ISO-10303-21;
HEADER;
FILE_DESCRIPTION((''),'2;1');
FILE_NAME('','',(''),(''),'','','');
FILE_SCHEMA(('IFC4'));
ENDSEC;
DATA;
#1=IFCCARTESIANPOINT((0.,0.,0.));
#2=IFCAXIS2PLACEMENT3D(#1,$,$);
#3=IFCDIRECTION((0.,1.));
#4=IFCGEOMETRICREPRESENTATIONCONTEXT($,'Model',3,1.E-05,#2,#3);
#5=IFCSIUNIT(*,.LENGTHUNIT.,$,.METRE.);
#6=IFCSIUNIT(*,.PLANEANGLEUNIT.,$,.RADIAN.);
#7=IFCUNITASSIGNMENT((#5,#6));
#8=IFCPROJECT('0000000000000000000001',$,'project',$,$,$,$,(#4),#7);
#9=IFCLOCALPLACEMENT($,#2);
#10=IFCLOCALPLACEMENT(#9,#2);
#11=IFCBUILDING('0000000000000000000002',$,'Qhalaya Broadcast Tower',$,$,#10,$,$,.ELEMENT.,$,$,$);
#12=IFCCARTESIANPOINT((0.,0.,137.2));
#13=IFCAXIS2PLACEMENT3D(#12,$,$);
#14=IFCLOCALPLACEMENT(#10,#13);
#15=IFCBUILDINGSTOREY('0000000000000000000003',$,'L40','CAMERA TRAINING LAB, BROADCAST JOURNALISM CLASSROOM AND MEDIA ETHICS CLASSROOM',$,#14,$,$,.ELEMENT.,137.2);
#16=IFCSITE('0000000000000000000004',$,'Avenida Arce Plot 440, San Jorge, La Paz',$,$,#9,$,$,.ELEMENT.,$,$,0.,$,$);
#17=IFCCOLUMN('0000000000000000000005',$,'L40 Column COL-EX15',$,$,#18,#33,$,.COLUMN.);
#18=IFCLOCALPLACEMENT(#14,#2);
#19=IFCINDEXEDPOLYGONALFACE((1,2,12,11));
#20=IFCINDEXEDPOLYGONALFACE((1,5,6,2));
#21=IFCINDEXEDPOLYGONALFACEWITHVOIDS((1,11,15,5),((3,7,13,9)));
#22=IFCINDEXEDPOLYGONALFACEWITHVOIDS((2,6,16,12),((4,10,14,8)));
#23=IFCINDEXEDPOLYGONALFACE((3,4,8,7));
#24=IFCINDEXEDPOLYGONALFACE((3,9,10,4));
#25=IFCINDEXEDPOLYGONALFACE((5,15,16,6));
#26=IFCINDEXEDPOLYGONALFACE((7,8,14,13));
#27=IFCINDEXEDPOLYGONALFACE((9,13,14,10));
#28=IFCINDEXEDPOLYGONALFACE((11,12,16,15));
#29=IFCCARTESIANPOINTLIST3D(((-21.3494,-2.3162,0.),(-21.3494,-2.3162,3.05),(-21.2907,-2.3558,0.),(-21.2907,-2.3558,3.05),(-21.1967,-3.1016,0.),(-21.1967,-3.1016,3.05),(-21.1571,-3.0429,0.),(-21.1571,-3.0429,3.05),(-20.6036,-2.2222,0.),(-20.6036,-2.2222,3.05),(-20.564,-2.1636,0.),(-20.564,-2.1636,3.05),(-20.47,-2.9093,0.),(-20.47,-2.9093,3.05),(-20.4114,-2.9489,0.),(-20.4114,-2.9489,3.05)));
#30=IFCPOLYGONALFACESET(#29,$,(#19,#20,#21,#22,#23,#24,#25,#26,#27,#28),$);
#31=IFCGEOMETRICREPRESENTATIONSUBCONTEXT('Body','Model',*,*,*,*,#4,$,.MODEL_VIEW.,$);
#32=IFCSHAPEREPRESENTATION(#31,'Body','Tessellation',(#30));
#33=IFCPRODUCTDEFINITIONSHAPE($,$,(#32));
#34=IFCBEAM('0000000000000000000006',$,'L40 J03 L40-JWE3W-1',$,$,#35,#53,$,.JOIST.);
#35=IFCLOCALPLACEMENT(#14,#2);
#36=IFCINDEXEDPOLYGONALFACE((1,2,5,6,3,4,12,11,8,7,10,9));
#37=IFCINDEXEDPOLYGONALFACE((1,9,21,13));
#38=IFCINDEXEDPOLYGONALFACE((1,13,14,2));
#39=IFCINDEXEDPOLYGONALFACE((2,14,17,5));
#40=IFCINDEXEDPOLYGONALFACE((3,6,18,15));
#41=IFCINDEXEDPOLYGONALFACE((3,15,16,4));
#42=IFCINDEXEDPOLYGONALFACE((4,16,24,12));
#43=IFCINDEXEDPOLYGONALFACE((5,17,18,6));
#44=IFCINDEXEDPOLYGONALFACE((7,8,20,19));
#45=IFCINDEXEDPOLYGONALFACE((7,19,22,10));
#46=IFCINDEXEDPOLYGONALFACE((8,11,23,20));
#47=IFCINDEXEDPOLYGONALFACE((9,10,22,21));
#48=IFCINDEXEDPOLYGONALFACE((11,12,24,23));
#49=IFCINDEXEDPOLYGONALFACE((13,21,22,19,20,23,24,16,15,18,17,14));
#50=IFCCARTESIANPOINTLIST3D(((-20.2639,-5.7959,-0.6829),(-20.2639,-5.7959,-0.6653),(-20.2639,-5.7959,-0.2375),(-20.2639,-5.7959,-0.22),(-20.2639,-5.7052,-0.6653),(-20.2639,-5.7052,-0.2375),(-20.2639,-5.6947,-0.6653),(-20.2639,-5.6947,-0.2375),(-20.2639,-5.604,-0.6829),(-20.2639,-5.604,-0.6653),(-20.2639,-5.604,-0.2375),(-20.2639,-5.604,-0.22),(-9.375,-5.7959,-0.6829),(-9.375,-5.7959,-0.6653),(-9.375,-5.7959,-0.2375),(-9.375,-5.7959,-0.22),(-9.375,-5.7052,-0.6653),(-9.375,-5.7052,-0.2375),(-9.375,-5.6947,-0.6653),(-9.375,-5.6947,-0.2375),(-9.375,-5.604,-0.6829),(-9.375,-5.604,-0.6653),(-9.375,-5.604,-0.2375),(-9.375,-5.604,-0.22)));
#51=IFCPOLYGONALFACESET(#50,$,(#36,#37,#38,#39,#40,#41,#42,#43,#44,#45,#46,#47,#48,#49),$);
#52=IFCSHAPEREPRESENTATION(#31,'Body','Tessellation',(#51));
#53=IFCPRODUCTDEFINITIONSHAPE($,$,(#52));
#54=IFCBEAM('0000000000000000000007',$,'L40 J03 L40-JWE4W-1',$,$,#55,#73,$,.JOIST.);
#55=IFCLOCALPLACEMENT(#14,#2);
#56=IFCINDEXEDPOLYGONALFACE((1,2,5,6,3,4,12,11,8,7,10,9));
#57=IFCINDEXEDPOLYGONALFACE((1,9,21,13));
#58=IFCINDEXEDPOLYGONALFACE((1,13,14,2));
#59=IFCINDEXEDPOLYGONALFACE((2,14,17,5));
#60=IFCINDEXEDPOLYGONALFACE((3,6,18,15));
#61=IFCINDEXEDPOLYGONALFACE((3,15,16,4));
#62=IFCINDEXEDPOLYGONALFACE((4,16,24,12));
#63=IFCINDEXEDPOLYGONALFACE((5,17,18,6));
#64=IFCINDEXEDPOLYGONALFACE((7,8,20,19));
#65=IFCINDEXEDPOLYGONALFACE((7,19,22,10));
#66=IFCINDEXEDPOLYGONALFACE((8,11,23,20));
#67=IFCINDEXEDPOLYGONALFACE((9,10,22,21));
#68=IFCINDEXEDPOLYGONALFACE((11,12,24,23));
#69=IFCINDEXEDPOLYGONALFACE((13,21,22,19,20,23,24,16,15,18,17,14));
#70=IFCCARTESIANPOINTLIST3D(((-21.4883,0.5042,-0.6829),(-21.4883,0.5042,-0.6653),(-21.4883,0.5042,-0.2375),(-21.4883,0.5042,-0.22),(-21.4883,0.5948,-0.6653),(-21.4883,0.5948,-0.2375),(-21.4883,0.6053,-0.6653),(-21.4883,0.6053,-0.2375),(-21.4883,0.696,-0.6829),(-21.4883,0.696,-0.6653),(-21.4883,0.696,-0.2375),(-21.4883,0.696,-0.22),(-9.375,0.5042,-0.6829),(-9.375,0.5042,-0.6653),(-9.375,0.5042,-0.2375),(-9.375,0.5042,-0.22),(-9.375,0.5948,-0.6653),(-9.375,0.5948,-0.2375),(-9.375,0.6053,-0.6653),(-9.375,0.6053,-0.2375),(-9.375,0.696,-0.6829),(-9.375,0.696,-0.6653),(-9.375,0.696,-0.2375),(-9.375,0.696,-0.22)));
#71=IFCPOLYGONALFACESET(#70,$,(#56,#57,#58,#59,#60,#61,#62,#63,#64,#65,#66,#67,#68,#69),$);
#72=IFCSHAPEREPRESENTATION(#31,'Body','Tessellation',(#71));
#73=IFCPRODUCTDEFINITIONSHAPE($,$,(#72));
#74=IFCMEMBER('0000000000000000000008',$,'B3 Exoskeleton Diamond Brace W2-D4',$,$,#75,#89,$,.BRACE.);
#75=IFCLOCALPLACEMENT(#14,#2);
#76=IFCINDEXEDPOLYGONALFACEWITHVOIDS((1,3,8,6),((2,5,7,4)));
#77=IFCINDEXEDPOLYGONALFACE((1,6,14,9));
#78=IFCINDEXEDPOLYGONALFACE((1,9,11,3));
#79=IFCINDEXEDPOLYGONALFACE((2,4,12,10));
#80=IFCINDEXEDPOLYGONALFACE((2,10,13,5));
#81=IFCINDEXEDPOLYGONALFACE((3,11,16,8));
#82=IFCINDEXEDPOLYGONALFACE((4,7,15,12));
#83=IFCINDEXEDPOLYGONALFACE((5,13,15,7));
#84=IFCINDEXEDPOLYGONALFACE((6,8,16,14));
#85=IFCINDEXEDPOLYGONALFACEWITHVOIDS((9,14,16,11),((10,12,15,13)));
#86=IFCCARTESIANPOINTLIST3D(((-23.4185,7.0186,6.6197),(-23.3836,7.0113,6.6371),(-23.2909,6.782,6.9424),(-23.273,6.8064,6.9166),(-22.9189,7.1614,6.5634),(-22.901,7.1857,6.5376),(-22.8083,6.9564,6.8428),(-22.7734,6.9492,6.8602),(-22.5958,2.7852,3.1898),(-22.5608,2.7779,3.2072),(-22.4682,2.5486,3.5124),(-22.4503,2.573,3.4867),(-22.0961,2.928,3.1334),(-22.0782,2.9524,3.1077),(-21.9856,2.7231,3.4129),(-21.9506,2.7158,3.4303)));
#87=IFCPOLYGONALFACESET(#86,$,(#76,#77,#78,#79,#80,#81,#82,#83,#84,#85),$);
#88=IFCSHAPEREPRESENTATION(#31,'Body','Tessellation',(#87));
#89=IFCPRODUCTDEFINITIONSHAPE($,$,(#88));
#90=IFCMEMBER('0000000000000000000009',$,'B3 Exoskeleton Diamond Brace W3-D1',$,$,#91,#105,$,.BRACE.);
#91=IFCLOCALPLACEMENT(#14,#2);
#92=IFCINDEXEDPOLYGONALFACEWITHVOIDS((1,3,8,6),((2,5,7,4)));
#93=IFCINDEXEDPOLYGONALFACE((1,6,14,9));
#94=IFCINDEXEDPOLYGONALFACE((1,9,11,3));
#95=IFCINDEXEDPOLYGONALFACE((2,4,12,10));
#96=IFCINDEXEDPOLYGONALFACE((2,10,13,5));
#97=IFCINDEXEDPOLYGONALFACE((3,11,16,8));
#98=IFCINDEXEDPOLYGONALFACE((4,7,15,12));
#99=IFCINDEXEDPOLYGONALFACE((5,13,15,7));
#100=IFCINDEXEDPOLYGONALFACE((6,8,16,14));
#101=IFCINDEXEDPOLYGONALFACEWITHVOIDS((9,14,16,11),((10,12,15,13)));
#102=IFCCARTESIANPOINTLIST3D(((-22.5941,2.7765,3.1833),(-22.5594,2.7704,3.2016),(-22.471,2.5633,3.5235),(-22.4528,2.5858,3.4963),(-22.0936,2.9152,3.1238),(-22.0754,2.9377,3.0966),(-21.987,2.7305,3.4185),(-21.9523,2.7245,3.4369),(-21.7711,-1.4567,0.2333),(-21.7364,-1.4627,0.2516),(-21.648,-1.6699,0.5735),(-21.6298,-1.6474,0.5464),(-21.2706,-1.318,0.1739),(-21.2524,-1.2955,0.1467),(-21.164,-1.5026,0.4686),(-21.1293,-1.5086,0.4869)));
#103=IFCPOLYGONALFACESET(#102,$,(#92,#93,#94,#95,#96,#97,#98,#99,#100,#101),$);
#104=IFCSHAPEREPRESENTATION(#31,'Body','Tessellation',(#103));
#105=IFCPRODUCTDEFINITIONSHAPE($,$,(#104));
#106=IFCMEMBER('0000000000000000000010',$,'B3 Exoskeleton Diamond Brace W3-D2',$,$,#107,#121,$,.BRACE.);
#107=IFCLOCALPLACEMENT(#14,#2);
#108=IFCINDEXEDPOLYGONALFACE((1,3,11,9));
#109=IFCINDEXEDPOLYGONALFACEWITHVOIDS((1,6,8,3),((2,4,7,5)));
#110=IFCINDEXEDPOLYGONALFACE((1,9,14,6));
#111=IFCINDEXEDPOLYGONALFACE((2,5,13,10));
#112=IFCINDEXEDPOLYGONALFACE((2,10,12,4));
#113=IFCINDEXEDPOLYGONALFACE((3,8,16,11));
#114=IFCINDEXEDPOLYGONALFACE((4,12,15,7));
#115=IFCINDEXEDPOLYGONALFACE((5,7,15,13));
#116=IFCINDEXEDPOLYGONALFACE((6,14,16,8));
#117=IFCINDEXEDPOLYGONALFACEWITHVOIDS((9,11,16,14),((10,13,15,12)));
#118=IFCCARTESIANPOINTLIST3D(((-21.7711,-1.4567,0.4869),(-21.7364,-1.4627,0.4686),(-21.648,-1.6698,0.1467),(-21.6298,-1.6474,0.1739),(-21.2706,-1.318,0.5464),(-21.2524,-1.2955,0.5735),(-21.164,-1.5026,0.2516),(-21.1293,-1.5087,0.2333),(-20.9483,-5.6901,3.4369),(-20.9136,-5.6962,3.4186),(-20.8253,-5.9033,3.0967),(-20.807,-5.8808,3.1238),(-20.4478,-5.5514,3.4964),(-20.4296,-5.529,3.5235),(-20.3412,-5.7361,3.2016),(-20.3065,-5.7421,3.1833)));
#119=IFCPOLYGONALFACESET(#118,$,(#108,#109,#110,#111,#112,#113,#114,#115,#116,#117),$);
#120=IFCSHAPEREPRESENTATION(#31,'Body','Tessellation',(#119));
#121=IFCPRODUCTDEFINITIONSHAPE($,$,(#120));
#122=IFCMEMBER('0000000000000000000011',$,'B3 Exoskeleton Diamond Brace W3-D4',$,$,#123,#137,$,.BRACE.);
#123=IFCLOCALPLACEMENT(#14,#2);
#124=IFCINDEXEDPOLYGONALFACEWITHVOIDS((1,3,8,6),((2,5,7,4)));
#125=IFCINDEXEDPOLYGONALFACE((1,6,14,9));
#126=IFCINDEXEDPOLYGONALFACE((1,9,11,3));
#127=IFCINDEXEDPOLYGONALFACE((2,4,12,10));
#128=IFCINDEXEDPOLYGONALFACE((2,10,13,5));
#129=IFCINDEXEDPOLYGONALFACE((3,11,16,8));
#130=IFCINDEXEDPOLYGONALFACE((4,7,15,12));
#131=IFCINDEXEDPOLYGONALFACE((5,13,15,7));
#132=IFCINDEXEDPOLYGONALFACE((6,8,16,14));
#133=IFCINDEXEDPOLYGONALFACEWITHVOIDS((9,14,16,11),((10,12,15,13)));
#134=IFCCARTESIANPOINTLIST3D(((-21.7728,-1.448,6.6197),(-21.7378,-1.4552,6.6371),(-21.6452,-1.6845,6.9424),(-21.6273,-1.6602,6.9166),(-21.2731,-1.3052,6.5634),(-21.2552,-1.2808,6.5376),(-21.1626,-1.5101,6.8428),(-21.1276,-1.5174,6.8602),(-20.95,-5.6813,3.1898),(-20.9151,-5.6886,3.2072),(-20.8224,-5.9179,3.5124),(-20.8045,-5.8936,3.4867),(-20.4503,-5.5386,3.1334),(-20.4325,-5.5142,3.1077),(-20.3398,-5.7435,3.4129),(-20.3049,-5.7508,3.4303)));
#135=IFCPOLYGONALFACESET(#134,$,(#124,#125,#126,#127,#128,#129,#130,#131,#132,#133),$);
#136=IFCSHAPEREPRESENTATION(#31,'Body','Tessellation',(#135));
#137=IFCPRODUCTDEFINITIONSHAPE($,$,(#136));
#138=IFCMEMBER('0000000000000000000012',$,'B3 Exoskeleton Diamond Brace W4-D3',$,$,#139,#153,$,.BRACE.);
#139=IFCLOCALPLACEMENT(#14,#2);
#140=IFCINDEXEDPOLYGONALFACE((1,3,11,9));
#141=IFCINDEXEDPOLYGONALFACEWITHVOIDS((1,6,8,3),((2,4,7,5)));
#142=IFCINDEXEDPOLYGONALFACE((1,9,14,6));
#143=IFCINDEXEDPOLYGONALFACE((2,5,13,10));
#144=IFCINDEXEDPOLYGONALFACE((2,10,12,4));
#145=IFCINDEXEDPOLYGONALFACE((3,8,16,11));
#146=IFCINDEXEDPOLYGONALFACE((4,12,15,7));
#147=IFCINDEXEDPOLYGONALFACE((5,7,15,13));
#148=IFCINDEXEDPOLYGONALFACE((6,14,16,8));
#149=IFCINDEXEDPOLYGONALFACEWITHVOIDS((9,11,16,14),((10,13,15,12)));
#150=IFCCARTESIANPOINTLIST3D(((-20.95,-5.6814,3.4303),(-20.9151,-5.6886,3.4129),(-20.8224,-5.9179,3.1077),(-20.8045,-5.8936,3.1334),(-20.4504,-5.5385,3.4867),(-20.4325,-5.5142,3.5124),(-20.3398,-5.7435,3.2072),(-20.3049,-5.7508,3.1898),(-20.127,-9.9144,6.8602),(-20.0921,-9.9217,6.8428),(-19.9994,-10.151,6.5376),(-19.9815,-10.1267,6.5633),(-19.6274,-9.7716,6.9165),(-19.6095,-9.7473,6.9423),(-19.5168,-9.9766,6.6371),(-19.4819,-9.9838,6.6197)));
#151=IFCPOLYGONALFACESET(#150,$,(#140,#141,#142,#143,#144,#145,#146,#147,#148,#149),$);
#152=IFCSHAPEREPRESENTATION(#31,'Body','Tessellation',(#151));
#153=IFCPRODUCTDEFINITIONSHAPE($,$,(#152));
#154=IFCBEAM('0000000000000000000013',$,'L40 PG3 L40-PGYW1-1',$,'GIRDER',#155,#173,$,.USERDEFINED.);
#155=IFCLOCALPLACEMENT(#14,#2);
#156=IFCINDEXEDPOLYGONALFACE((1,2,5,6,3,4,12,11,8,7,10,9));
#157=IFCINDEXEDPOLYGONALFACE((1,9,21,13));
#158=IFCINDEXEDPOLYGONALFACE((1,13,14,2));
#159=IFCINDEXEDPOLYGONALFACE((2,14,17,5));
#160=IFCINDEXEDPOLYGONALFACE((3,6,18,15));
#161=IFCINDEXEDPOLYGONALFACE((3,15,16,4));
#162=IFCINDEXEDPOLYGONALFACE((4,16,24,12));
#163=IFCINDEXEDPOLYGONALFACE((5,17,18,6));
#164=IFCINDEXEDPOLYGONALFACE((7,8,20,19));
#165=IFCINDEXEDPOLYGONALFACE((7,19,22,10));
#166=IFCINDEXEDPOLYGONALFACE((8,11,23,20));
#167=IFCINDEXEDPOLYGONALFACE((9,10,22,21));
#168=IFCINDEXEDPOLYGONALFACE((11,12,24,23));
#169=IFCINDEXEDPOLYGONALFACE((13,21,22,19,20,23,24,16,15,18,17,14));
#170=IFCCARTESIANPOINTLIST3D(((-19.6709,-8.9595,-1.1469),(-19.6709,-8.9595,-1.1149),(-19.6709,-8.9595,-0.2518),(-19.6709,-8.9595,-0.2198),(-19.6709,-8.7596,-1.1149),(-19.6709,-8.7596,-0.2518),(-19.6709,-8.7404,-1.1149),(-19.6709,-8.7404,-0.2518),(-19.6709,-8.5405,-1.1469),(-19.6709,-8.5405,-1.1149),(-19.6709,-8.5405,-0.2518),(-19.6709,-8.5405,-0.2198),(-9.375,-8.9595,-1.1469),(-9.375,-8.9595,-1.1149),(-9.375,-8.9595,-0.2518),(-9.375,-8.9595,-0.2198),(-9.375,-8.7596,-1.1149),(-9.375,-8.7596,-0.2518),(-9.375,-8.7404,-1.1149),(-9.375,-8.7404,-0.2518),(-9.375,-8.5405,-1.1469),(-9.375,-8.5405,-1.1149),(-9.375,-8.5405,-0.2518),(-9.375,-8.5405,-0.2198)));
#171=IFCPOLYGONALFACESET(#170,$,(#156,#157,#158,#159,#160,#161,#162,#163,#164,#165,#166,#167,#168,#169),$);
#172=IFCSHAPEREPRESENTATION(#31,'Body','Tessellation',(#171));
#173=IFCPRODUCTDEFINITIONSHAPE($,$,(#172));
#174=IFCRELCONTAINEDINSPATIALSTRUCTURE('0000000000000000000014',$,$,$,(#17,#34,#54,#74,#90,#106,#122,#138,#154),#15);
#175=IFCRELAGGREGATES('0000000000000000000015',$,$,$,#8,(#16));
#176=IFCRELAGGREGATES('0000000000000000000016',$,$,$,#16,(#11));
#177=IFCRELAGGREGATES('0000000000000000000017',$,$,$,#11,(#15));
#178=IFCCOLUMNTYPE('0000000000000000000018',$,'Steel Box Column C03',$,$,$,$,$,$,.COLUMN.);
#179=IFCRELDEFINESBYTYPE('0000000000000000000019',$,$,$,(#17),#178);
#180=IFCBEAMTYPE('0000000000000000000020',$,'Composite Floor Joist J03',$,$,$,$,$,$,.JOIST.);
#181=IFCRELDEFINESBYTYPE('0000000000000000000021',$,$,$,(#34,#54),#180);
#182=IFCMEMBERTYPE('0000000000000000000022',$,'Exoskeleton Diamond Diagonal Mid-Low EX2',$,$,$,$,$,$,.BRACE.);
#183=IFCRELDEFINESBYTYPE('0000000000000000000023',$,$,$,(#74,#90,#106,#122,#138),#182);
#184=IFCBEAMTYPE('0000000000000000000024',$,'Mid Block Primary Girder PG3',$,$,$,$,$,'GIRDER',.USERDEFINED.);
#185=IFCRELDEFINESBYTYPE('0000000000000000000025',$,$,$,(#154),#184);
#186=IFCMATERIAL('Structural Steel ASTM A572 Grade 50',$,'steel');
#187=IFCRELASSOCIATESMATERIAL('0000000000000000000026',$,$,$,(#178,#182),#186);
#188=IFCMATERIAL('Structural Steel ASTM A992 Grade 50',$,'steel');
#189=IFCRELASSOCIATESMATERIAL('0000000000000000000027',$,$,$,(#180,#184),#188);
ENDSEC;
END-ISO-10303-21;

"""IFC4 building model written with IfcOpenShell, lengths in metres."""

from ifc_helpers import new_model, si_unit, direction, frame, origin, origin_2d, place, context, subcontext, project, spatial, hollow_rectangle, i_section, extrude, material, material_profile, profile_set, type_object, element, save


model = new_model("IFC4")

# Units and contexts
model_context = context("Model", 3, precision=1e-05, world=origin(), true_north=direction((0.0, 1.0)))
body_context = subcontext(model_context, "Body", "Model", "MODEL_VIEW")
ifc_project = project(units=[si_unit("LENGTHUNIT", "METRE"), si_unit("PLANEANGLEUNIT", "RADIAN")], contexts=[model_context])

# Site, building, storey
site_placement = place(None, origin())
site = spatial("IfcSite", under=ifc_project, at=site_placement, Name="Avenida Arce Plot 440, San Jorge, La Paz", CompositionType="ELEMENT", RefElevation=0.0)
building_placement = place(site_placement, origin())
building = spatial("IfcBuilding", under=site, at=building_placement, Name="Qhalaya Broadcast Tower", CompositionType="ELEMENT")
storey_placement = place(building_placement, frame((0.0, 0.0, 137.2)))
storey = spatial("IfcBuildingStorey", under=building, at=storey_placement, Name="L40", Description="CAMERA TRAINING LAB, BROADCAST JOURNALISM CLASSROOM AND MEDIA ETHICS CLASSROOM", CompositionType="ELEMENT", Elevation=137.2)

# Column
ifc_material_1 = material(Name="Structural Steel ASTM A572 Grade 50", Category="steel")
ifc_material_profile_1 = material_profile(ifc_material_1, hollow_rectangle(XDim=0.8, YDim=0.8, WallThickness=0.05, at=origin_2d()), Name="BOX 800x800x50")
ifc_profile_set_1 = profile_set([ifc_material_profile_1], Name="Structural Steel ASTM A572 Grade 50")
column_type = type_object("IfcColumnType", Name="Steel Box Column C03", PredefinedType="COLUMN", material=ifc_profile_set_1)
column_placement = place(storey_placement, frame((-20.8804, -2.6326, 0.0), z_axis=(0.0, 0.0, 1.0), x_axis=(-0.190809, 0.981627, 0.0)))
element("IfcColumn", 1, at=column_placement, inside=storey, type_object=column_type, Name="L40 Column COL-EX15", PredefinedType="COLUMN", context=body_context, shape_type="SweptSolid", body=[
    extrude(hollow_rectangle(XDim=0.8, YDim=0.8, WallThickness=0.05, at=origin_2d()), origin(), (0.0, 0.0, 1.0), 3.05),
])

# Beams
ifc_material_2 = material(Name="Structural Steel ASTM A992 Grade 50", Category="steel")
ifc_material_profile_2 = material_profile(ifc_material_2, i_section(OverallWidth=0.1919, OverallDepth=0.4629, WebThickness=0.0105, FlangeThickness=0.0176, at=origin_2d()), Name="W18X60")
ifc_profile_set_2 = profile_set([ifc_material_profile_2], Name="Structural Steel ASTM A992 Grade 50")
beam_type_1 = type_object("IfcBeamType", Name="Composite Floor Joist J03", PredefinedType="JOIST", material=ifc_profile_set_2)
beam_1_placement = place(storey_placement, frame((-20.2639, -5.7, -0.4514), z_axis=(1.0, 0.0, 0.0), x_axis=(0.0, 1.0, 0.0)))
element("IfcBeam", 2, at=beam_1_placement, inside=storey, type_object=beam_type_1, Name="L40 J03 L40-JWE3W-1", PredefinedType="JOIST", context=body_context, shape_type="SweptSolid", body=[
    extrude(i_section(OverallWidth=0.1919, OverallDepth=0.4629, WebThickness=0.0105, FlangeThickness=0.0176, at=origin_2d()), origin(), (0.0, 0.0, 1.0), 10.8889),
])
beam_2_placement = place(storey_placement, frame((-21.4883, 0.6001, -0.4514), z_axis=(1.0, 0.0, 0.0), x_axis=(0.0, 1.0, 0.0)))
element("IfcBeam", 3, at=beam_2_placement, inside=storey, type_object=beam_type_1, Name="L40 J03 L40-JWE4W-1", PredefinedType="JOIST", context=body_context, shape_type="SweptSolid", body=[
    extrude(i_section(OverallWidth=0.1919, OverallDepth=0.4629, WebThickness=0.0105, FlangeThickness=0.0176, at=origin_2d()), origin(), (0.0, 0.0, 1.0), 12.1133),
])

# Members
ifc_material_profile_3 = material_profile(ifc_material_1, hollow_rectangle(XDim=0.4199, YDim=0.55, WallThickness=0.0281, at=origin_2d()), Name="BOX 420x550x28")
ifc_profile_set_3 = profile_set([ifc_material_profile_3], Name="Structural Steel ASTM A572 Grade 50")
member_type = type_object("IfcMemberType", Name="Exoskeleton Diamond Diagonal Mid-Low EX2", PredefinedType="BRACE", material=ifc_profile_set_3)
member_1_placement = place(storey_placement, frame((-22.2732, 2.7505, 3.3101), z_axis=(-0.149313, 0.768275, 0.622462), x_axis=(0.303875, -0.563401, 0.76827)))
element("IfcMember", 4, at=member_1_placement, inside=storey, type_object=member_type, Name="B3 Exoskeleton Diamond Brace W2-D4", PredefinedType="BRACE", context=body_context, shape_type="SweptSolid", body=[
    extrude(hollow_rectangle(XDim=0.4199, YDim=0.55, WallThickness=0.0281, at=origin_2d()), origin(), (0.0, 0.0, 1.0), 5.5103),
])
member_2_placement = place(storey_placement, frame((-21.4502, -1.4827, 0.3601), z_axis=(-0.157516, 0.810195, 0.564599), x_axis=(0.293073, -0.507625, 0.810201)))
element("IfcMember", 5, at=member_2_placement, inside=storey, type_object=member_type, Name="B3 Exoskeleton Diamond Brace W3-D1", PredefinedType="BRACE", context=body_context, shape_type="SweptSolid", body=[
    extrude(hollow_rectangle(XDim=0.4199, YDim=0.55, WallThickness=0.0281, at=origin_2d()), origin(), (0.0, 0.0, 1.0), 5.2249),
])
member_3_placement = place(storey_placement, frame((-21.4502, -1.4827, 0.3601), z_axis=(0.157464, -0.810217, 0.564582), x_axis=(-0.293036, 0.507628, 0.810212)))
element("IfcMember", 6, at=member_3_placement, inside=storey, type_object=member_type, Name="B3 Exoskeleton Diamond Brace W3-D2", PredefinedType="BRACE", context=body_context, shape_type="SweptSolid", body=[
    extrude(hollow_rectangle(XDim=0.4199, YDim=0.55, WallThickness=0.0281, at=origin_2d()), origin(), (0.0, 0.0, 1.0), 5.2251),
])
member_4_placement = place(storey_placement, frame((-20.6274, -5.7161, 3.3101), z_axis=(-0.149313, 0.768275, 0.622462), x_axis=(0.303875, -0.563401, 0.76827)))
element("IfcMember", 7, at=member_4_placement, inside=storey, type_object=member_type, Name="B3 Exoskeleton Diamond Brace W3-D4", PredefinedType="BRACE", context=body_context, shape_type="SweptSolid", body=[
    extrude(hollow_rectangle(XDim=0.4199, YDim=0.55, WallThickness=0.0281, at=origin_2d()), origin(), (0.0, 0.0, 1.0), 5.5103),
])
member_5_placement = place(storey_placement, frame((-20.6274, -5.7161, 3.3101), z_axis=(0.149361, -0.768252, 0.622479), x_axis=(-0.303916, 0.563397, 0.768257)))
element("IfcMember", 8, at=member_5_placement, inside=storey, type_object=member_type, Name="B3 Exoskeleton Diamond Brace W4-D3", PredefinedType="BRACE", context=body_context, shape_type="SweptSolid", body=[
    extrude(hollow_rectangle(XDim=0.4199, YDim=0.55, WallThickness=0.0281, at=origin_2d()), origin(), (0.0, 0.0, 1.0), 5.51),
])

# Beam
ifc_material_profile_4 = material_profile(ifc_material_2, i_section(OverallWidth=0.4189, OverallDepth=0.927, WebThickness=0.0193, FlangeThickness=0.032, at=origin_2d()), Name="W36X231")
ifc_profile_set_4 = profile_set([ifc_material_profile_4], Name="Structural Steel ASTM A992 Grade 50")
beam_type_2 = type_object("IfcBeamType", Name="Mid Block Primary Girder PG3", ElementType="GIRDER", PredefinedType="USERDEFINED", material=ifc_profile_set_4)
beam_3_placement = place(storey_placement, frame((-19.6709, -8.75, -0.6833), z_axis=(1.0, 0.0, 0.0), x_axis=(0.0, 1.0, 0.0)))
element("IfcBeam", 9, at=beam_3_placement, inside=storey, type_object=beam_type_2, Name="L40 PG3 L40-PGYW1-1", ObjectType="GIRDER", PredefinedType="USERDEFINED", context=body_context, shape_type="SweptSolid", body=[
    extrude(i_section(OverallWidth=0.4189, OverallDepth=0.927, WebThickness=0.0193, FlangeThickness=0.032, at=origin_2d()), origin(), (0.0, 0.0, 1.0), 10.2959),
])

save(model, "model.ifc")
